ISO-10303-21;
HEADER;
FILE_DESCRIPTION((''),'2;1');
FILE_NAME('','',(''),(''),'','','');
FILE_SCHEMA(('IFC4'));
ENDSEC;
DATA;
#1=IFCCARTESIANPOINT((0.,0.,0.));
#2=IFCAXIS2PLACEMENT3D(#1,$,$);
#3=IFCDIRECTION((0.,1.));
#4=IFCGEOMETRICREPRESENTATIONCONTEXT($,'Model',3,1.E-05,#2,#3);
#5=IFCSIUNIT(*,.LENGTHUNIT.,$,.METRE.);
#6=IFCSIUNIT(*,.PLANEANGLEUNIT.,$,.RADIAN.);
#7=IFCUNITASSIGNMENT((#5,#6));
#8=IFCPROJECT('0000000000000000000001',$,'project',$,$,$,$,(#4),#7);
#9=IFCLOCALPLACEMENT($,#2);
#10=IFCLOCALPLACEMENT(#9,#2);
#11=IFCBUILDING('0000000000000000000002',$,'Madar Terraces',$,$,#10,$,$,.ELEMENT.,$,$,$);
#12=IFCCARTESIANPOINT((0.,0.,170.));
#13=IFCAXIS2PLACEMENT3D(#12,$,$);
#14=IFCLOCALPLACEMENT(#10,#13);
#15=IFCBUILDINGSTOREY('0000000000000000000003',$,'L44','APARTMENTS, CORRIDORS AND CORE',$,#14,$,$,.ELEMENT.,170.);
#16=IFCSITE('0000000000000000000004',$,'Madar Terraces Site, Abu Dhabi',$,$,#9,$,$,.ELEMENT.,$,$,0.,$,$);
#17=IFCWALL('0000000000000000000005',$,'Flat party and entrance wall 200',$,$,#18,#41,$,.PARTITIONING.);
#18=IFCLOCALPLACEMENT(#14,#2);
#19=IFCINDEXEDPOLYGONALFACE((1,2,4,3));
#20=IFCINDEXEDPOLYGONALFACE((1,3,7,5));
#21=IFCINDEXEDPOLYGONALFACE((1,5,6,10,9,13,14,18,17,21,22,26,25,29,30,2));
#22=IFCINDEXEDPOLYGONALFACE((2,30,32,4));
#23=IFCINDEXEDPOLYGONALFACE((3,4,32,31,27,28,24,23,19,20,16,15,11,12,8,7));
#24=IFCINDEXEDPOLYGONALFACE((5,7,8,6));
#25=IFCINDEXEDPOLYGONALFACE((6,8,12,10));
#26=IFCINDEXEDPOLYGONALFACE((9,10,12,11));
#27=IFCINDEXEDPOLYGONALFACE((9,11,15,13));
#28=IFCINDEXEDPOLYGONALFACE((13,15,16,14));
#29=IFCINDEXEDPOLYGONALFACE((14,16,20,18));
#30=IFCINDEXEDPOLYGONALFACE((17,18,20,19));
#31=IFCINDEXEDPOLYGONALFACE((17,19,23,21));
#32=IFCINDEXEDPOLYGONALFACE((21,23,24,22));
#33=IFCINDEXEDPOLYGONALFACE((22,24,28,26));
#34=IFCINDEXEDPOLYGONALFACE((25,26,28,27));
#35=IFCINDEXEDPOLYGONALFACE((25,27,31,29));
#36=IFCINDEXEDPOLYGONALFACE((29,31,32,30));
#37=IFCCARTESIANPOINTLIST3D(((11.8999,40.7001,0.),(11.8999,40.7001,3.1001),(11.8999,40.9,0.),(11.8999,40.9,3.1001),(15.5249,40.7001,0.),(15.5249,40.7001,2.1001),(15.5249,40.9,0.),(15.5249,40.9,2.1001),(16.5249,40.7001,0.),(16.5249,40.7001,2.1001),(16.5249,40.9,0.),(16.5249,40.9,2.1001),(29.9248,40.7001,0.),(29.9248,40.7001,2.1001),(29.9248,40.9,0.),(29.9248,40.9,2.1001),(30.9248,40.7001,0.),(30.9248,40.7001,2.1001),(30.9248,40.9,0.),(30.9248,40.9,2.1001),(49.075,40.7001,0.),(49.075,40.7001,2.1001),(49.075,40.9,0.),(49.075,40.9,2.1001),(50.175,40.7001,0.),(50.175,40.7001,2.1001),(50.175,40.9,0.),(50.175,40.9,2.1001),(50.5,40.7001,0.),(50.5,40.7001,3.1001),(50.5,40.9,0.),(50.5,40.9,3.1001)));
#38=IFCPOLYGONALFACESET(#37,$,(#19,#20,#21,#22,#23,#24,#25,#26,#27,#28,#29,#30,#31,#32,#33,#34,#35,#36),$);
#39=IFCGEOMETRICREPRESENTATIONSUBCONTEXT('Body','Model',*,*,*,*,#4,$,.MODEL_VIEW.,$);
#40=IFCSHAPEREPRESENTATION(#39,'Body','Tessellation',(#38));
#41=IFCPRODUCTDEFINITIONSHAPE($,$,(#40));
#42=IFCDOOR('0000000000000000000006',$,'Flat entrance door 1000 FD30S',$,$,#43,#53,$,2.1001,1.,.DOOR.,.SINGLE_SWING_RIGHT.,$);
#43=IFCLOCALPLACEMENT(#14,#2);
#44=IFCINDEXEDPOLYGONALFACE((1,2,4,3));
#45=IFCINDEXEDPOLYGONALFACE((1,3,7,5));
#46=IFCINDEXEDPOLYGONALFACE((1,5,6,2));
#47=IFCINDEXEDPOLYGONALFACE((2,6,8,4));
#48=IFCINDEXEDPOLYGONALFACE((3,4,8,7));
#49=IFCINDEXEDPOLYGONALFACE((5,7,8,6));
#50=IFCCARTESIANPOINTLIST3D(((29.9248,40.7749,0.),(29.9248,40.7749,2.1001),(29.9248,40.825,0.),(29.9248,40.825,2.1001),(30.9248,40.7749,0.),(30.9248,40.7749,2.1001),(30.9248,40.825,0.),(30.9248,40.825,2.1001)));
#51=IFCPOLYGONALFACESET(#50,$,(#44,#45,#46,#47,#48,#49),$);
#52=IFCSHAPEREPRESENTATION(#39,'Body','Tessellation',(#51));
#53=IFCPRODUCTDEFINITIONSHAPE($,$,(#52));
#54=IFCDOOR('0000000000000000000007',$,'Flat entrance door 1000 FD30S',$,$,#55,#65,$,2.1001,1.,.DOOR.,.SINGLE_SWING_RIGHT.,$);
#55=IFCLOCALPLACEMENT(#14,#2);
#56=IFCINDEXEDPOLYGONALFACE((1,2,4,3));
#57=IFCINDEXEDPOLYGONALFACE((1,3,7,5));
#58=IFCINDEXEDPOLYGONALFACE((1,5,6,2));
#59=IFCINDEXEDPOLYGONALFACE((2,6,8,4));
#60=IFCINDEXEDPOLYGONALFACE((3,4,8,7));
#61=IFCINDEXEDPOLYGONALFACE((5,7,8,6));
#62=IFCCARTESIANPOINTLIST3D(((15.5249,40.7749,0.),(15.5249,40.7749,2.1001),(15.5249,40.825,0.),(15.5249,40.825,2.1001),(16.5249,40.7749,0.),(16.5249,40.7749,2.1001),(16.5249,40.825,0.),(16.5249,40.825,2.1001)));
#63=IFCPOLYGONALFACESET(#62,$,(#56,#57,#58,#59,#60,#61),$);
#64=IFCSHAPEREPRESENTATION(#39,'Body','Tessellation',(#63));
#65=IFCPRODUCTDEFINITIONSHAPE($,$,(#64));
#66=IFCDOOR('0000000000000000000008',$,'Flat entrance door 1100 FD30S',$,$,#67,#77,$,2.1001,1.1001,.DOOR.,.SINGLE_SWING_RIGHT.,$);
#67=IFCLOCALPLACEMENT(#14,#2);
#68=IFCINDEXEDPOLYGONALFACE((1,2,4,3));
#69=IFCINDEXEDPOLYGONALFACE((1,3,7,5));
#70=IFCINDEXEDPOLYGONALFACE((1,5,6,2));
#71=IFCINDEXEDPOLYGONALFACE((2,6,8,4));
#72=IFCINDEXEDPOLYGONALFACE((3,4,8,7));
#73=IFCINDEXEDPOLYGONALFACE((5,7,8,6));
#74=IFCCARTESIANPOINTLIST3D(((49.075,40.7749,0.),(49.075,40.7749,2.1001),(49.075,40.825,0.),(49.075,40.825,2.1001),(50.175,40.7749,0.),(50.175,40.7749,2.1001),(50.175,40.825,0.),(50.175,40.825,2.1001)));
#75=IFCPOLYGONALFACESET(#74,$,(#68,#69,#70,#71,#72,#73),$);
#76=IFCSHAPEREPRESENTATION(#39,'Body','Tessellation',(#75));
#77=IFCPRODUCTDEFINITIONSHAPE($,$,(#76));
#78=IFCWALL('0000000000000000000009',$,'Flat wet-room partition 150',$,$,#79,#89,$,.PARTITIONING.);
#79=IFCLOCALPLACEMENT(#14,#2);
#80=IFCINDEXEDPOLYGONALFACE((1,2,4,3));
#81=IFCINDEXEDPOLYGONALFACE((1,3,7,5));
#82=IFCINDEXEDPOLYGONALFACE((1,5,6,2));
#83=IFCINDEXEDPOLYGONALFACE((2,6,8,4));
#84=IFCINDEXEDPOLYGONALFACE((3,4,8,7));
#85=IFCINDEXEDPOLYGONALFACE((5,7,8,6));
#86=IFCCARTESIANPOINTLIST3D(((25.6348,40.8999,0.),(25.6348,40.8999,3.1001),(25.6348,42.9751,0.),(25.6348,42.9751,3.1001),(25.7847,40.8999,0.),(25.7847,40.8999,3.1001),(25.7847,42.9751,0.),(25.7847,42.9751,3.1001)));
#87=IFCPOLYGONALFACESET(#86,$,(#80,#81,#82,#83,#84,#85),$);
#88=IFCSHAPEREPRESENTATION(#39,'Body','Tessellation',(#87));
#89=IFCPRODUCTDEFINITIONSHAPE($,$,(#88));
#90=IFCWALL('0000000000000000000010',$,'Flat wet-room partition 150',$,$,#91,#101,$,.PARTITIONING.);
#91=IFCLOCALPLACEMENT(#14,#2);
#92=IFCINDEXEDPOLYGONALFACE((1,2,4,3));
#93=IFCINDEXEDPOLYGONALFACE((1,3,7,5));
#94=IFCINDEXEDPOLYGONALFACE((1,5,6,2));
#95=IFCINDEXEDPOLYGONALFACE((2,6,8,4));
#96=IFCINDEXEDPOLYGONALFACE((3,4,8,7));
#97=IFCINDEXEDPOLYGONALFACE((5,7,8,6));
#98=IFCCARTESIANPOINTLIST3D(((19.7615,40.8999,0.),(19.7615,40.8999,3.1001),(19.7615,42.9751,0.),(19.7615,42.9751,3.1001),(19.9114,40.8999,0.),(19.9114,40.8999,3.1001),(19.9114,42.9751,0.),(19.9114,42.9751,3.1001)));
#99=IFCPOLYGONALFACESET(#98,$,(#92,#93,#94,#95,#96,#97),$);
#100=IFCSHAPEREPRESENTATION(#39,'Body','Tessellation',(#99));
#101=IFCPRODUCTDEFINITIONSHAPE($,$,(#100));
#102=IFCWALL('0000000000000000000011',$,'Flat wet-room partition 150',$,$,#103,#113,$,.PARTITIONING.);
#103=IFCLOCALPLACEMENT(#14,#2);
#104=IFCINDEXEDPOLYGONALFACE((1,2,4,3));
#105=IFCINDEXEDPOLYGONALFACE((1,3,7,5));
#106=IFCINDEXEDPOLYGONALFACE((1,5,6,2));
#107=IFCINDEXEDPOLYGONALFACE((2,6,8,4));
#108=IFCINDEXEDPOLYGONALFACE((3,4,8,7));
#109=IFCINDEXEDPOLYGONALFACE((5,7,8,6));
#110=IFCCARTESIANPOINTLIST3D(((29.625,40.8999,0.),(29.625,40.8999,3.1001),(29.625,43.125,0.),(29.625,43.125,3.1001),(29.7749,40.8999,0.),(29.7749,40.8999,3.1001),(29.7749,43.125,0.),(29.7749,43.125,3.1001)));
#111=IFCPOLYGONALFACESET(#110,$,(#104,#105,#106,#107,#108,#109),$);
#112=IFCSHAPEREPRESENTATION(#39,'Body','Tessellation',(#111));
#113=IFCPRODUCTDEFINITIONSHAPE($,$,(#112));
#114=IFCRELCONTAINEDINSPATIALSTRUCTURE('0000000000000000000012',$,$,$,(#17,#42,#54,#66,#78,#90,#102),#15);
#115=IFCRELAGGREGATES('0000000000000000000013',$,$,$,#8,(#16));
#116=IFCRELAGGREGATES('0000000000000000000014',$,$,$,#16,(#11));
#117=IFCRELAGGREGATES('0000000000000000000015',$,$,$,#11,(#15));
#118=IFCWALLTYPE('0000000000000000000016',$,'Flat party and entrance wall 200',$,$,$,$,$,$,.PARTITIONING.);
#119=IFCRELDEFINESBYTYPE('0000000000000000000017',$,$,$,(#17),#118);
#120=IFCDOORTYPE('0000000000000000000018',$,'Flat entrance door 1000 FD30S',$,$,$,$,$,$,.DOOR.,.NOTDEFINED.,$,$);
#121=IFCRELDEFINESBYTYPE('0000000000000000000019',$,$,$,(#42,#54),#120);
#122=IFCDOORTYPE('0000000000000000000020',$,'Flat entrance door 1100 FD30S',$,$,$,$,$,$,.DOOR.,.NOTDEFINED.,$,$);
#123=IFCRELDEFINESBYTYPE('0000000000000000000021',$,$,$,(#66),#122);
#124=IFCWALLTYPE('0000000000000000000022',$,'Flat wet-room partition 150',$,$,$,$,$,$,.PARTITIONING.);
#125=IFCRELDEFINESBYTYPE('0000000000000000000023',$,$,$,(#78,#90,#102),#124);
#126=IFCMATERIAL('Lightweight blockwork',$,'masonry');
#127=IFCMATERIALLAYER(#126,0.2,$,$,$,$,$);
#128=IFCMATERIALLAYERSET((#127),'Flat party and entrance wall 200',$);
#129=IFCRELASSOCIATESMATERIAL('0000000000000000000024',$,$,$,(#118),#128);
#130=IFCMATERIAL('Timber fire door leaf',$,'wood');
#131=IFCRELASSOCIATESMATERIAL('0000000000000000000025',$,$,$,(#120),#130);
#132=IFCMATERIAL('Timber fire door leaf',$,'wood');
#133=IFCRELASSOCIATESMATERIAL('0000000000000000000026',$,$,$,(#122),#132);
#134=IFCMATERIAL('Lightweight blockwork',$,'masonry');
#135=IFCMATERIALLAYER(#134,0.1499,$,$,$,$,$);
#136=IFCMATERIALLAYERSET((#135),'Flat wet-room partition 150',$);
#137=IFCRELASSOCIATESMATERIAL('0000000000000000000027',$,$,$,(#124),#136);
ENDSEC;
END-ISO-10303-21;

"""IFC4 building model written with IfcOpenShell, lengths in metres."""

from ifc_helpers import new_model, si_unit, direction, frame, frame_2d, origin, place, context, subcontext, project, spatial, rectangle, extrude, material, layer, layer_set, type_object, element, fill, save


model = new_model("IFC4")

# Units and contexts
model_context = context("Model", 3, precision=1e-05, world=origin(), true_north=direction((0.0, 1.0)))
body_context = subcontext(model_context, "Body", "Model", "MODEL_VIEW")
ifc_project = project(units=[si_unit("LENGTHUNIT", "METRE"), si_unit("PLANEANGLEUNIT", "RADIAN")], contexts=[model_context])

# Site, building, storey
site_placement = place(None, origin())
site = spatial("IfcSite", under=ifc_project, at=site_placement, Name="Madar Terraces Site, Abu Dhabi", CompositionType="ELEMENT", RefElevation=0.0)
building_placement = place(site_placement, origin())
building = spatial("IfcBuilding", under=site, at=building_placement, Name="Madar Terraces", CompositionType="ELEMENT")
storey_placement = place(building_placement, frame((0.0, 0.0, 170.0)))
storey = spatial("IfcBuildingStorey", under=building, at=storey_placement, Name="L44", Description="APARTMENTS, CORRIDORS AND CORE", CompositionType="ELEMENT", Elevation=170.0)

# Wall, openings, doors
ifc_material_1 = material(Name="Lightweight blockwork", Category="masonry")
ifc_layer_1 = layer(ifc_material_1, 0.2)
ifc_layer_set_1 = layer_set([ifc_layer_1], Name="Flat party and entrance wall 200")
wall_type_1 = type_object("IfcWallType", Name="Flat party and entrance wall 200", PredefinedType="PARTITIONING", material=ifc_layer_set_1)
wall_1_placement = place(storey_placement, frame((11.8999, 40.8, 0.0), z_axis=(0.0, 0.0, 1.0), x_axis=(1.0, 0.0, 0.0)))
wall_1 = element("IfcWall", 1, at=wall_1_placement, inside=storey, type_object=wall_type_1, Name="Flat party and entrance wall 200", PredefinedType="PARTITIONING", context=body_context, shape_type="SweptSolid", body=[
    extrude(rectangle(XDim=38.6001, YDim=0.2, at=frame_2d((19.3, 0.0))), origin(), (0.0, 0.0, 1.0), 3.1001),
])
opening_1_placement = place(wall_1_placement, frame((37.175, 0.0, 0.0)))
opening_1 = element("IfcOpeningElement", 2, at=opening_1_placement, cuts=wall_1, PredefinedType="OPENING", context=body_context, shape_type="SweptSolid", body=[
    extrude(rectangle(XDim=1.1001, YDim=2.1001, at=frame_2d((0.55, 1.05))), frame((0.0, 0.1099, 0.0), z_axis=(0.0, -1.0, 0.0), x_axis=(1.0, 0.0, 0.0)), (0.0, 0.0, 1.0), 0.22),
])
opening_2_placement = place(wall_1_placement, frame((18.0249, 0.0, 0.0)))
opening_2 = element("IfcOpeningElement", 3, at=opening_2_placement, cuts=wall_1, PredefinedType="OPENING", context=body_context, shape_type="SweptSolid", body=[
    extrude(rectangle(XDim=1.0, YDim=2.1001, at=frame_2d((0.5, 1.05))), frame((0.0, 0.1099, 0.0), z_axis=(0.0, -1.0, 0.0), x_axis=(1.0, 0.0, 0.0)), (0.0, 0.0, 1.0), 0.22),
])
opening_3_placement = place(wall_1_placement, frame((3.625, 0.0, 0.0)))
opening_3 = element("IfcOpeningElement", 4, at=opening_3_placement, cuts=wall_1, PredefinedType="OPENING", context=body_context, shape_type="SweptSolid", body=[
    extrude(rectangle(XDim=1.0, YDim=2.1001, at=frame_2d((0.5, 1.05))), frame((0.0, 0.1099, 0.0), z_axis=(0.0, -1.0, 0.0), x_axis=(1.0, 0.0, 0.0)), (0.0, 0.0, 1.0), 0.22),
])
ifc_material_2 = material(Name="Timber fire door leaf", Category="wood")
door_type_1 = type_object("IfcDoorType", Name="Flat entrance door 1000 FD30S", OperationType="NOTDEFINED", PredefinedType="DOOR", material=ifc_material_2)
door_1_placement = place(opening_2_placement, origin())
door_1 = element("IfcDoor", 5, at=door_1_placement, inside=storey, type_object=door_type_1, Name="Flat entrance door 1000 FD30S", OperationType="SINGLE_SWING_RIGHT", OverallHeight=2.1001, OverallWidth=1.0, PredefinedType="DOOR", context=body_context, shape_type="SweptSolid", body=[
    extrude(rectangle(XDim=1.0, YDim=2.1001, at=frame_2d((0.5, 1.05))), frame((0.0, 0.0249, 0.0), z_axis=(0.0, -1.0, 0.0), x_axis=(1.0, 0.0, 0.0)), (0.0, 0.0, 1.0), 0.05),
])
fill(opening_2, door_1)
door_2_placement = place(opening_3_placement, origin())
door_2 = element("IfcDoor", 6, at=door_2_placement, inside=storey, type_object=door_type_1, Name="Flat entrance door 1000 FD30S", OperationType="SINGLE_SWING_RIGHT", OverallHeight=2.1001, OverallWidth=1.0, PredefinedType="DOOR", context=body_context, shape_type="SweptSolid", body=[
    extrude(rectangle(XDim=1.0, YDim=2.1001, at=frame_2d((0.5, 1.05))), frame((0.0, 0.0249, 0.0), z_axis=(0.0, -1.0, 0.0), x_axis=(1.0, 0.0, 0.0)), (0.0, 0.0, 1.0), 0.05),
])
fill(opening_3, door_2)
ifc_material_3 = material(Name="Timber fire door leaf", Category="wood")
door_type_2 = type_object("IfcDoorType", Name="Flat entrance door 1100 FD30S", OperationType="NOTDEFINED", PredefinedType="DOOR", material=ifc_material_3)
door_3_placement = place(opening_1_placement, origin())
door_3 = element("IfcDoor", 7, at=door_3_placement, inside=storey, type_object=door_type_2, Name="Flat entrance door 1100 FD30S", OperationType="SINGLE_SWING_RIGHT", OverallHeight=2.1001, OverallWidth=1.1001, PredefinedType="DOOR", context=body_context, shape_type="SweptSolid", body=[
    extrude(rectangle(XDim=1.1001, YDim=2.1001, at=frame_2d((0.55, 1.05))), frame((0.0, 0.0249, 0.0), z_axis=(0.0, -1.0, 0.0), x_axis=(1.0, 0.0, 0.0)), (0.0, 0.0, 1.0), 0.05),
])
fill(opening_1, door_3)

# Walls
ifc_material_4 = material(Name="Lightweight blockwork", Category="masonry")
ifc_layer_2 = layer(ifc_material_4, 0.1499)
ifc_layer_set_2 = layer_set([ifc_layer_2], Name="Flat wet-room partition 150")
wall_type_2 = type_object("IfcWallType", Name="Flat wet-room partition 150", PredefinedType="PARTITIONING", material=ifc_layer_set_2)
for number, where, z_axis, x_axis, name in (
    (8, (25.7097, 40.8999, 0.0), (0.0, 0.0, 1.0), (0.0, 1.0, 0.0), "Flat wet-room partition 150"),
    (9, (19.8364, 40.8999, 0.0), (0.0, 0.0, 1.0), (0.0, 1.0, 0.0), "Flat wet-room partition 150"),
):
    element("IfcWall", number, at=place(storey_placement, frame(where, z_axis=z_axis, x_axis=x_axis)), inside=storey, type_object=wall_type_2, Name=name, PredefinedType="PARTITIONING", context=body_context, shape_type="SweptSolid", body=[
        extrude(rectangle(XDim=2.0752, YDim=0.1499, at=frame_2d((1.0376, 0.0))), origin(), (0.0, 0.0, 1.0), 3.1001),
    ])
wall_2_placement = place(storey_placement, frame((29.7, 40.8999, 0.0), z_axis=(0.0, 0.0, 1.0), x_axis=(0.0, 1.0, 0.0)))
element("IfcWall", 10, at=wall_2_placement, inside=storey, type_object=wall_type_2, Name="Flat wet-room partition 150", PredefinedType="PARTITIONING", context=body_context, shape_type="SweptSolid", body=[
    extrude(rectangle(XDim=2.2251, YDim=0.1499, at=frame_2d((1.1125, 0.0))), origin(), (0.0, 0.0, 1.0), 3.1001),
])

save(model, "model.ifc")
